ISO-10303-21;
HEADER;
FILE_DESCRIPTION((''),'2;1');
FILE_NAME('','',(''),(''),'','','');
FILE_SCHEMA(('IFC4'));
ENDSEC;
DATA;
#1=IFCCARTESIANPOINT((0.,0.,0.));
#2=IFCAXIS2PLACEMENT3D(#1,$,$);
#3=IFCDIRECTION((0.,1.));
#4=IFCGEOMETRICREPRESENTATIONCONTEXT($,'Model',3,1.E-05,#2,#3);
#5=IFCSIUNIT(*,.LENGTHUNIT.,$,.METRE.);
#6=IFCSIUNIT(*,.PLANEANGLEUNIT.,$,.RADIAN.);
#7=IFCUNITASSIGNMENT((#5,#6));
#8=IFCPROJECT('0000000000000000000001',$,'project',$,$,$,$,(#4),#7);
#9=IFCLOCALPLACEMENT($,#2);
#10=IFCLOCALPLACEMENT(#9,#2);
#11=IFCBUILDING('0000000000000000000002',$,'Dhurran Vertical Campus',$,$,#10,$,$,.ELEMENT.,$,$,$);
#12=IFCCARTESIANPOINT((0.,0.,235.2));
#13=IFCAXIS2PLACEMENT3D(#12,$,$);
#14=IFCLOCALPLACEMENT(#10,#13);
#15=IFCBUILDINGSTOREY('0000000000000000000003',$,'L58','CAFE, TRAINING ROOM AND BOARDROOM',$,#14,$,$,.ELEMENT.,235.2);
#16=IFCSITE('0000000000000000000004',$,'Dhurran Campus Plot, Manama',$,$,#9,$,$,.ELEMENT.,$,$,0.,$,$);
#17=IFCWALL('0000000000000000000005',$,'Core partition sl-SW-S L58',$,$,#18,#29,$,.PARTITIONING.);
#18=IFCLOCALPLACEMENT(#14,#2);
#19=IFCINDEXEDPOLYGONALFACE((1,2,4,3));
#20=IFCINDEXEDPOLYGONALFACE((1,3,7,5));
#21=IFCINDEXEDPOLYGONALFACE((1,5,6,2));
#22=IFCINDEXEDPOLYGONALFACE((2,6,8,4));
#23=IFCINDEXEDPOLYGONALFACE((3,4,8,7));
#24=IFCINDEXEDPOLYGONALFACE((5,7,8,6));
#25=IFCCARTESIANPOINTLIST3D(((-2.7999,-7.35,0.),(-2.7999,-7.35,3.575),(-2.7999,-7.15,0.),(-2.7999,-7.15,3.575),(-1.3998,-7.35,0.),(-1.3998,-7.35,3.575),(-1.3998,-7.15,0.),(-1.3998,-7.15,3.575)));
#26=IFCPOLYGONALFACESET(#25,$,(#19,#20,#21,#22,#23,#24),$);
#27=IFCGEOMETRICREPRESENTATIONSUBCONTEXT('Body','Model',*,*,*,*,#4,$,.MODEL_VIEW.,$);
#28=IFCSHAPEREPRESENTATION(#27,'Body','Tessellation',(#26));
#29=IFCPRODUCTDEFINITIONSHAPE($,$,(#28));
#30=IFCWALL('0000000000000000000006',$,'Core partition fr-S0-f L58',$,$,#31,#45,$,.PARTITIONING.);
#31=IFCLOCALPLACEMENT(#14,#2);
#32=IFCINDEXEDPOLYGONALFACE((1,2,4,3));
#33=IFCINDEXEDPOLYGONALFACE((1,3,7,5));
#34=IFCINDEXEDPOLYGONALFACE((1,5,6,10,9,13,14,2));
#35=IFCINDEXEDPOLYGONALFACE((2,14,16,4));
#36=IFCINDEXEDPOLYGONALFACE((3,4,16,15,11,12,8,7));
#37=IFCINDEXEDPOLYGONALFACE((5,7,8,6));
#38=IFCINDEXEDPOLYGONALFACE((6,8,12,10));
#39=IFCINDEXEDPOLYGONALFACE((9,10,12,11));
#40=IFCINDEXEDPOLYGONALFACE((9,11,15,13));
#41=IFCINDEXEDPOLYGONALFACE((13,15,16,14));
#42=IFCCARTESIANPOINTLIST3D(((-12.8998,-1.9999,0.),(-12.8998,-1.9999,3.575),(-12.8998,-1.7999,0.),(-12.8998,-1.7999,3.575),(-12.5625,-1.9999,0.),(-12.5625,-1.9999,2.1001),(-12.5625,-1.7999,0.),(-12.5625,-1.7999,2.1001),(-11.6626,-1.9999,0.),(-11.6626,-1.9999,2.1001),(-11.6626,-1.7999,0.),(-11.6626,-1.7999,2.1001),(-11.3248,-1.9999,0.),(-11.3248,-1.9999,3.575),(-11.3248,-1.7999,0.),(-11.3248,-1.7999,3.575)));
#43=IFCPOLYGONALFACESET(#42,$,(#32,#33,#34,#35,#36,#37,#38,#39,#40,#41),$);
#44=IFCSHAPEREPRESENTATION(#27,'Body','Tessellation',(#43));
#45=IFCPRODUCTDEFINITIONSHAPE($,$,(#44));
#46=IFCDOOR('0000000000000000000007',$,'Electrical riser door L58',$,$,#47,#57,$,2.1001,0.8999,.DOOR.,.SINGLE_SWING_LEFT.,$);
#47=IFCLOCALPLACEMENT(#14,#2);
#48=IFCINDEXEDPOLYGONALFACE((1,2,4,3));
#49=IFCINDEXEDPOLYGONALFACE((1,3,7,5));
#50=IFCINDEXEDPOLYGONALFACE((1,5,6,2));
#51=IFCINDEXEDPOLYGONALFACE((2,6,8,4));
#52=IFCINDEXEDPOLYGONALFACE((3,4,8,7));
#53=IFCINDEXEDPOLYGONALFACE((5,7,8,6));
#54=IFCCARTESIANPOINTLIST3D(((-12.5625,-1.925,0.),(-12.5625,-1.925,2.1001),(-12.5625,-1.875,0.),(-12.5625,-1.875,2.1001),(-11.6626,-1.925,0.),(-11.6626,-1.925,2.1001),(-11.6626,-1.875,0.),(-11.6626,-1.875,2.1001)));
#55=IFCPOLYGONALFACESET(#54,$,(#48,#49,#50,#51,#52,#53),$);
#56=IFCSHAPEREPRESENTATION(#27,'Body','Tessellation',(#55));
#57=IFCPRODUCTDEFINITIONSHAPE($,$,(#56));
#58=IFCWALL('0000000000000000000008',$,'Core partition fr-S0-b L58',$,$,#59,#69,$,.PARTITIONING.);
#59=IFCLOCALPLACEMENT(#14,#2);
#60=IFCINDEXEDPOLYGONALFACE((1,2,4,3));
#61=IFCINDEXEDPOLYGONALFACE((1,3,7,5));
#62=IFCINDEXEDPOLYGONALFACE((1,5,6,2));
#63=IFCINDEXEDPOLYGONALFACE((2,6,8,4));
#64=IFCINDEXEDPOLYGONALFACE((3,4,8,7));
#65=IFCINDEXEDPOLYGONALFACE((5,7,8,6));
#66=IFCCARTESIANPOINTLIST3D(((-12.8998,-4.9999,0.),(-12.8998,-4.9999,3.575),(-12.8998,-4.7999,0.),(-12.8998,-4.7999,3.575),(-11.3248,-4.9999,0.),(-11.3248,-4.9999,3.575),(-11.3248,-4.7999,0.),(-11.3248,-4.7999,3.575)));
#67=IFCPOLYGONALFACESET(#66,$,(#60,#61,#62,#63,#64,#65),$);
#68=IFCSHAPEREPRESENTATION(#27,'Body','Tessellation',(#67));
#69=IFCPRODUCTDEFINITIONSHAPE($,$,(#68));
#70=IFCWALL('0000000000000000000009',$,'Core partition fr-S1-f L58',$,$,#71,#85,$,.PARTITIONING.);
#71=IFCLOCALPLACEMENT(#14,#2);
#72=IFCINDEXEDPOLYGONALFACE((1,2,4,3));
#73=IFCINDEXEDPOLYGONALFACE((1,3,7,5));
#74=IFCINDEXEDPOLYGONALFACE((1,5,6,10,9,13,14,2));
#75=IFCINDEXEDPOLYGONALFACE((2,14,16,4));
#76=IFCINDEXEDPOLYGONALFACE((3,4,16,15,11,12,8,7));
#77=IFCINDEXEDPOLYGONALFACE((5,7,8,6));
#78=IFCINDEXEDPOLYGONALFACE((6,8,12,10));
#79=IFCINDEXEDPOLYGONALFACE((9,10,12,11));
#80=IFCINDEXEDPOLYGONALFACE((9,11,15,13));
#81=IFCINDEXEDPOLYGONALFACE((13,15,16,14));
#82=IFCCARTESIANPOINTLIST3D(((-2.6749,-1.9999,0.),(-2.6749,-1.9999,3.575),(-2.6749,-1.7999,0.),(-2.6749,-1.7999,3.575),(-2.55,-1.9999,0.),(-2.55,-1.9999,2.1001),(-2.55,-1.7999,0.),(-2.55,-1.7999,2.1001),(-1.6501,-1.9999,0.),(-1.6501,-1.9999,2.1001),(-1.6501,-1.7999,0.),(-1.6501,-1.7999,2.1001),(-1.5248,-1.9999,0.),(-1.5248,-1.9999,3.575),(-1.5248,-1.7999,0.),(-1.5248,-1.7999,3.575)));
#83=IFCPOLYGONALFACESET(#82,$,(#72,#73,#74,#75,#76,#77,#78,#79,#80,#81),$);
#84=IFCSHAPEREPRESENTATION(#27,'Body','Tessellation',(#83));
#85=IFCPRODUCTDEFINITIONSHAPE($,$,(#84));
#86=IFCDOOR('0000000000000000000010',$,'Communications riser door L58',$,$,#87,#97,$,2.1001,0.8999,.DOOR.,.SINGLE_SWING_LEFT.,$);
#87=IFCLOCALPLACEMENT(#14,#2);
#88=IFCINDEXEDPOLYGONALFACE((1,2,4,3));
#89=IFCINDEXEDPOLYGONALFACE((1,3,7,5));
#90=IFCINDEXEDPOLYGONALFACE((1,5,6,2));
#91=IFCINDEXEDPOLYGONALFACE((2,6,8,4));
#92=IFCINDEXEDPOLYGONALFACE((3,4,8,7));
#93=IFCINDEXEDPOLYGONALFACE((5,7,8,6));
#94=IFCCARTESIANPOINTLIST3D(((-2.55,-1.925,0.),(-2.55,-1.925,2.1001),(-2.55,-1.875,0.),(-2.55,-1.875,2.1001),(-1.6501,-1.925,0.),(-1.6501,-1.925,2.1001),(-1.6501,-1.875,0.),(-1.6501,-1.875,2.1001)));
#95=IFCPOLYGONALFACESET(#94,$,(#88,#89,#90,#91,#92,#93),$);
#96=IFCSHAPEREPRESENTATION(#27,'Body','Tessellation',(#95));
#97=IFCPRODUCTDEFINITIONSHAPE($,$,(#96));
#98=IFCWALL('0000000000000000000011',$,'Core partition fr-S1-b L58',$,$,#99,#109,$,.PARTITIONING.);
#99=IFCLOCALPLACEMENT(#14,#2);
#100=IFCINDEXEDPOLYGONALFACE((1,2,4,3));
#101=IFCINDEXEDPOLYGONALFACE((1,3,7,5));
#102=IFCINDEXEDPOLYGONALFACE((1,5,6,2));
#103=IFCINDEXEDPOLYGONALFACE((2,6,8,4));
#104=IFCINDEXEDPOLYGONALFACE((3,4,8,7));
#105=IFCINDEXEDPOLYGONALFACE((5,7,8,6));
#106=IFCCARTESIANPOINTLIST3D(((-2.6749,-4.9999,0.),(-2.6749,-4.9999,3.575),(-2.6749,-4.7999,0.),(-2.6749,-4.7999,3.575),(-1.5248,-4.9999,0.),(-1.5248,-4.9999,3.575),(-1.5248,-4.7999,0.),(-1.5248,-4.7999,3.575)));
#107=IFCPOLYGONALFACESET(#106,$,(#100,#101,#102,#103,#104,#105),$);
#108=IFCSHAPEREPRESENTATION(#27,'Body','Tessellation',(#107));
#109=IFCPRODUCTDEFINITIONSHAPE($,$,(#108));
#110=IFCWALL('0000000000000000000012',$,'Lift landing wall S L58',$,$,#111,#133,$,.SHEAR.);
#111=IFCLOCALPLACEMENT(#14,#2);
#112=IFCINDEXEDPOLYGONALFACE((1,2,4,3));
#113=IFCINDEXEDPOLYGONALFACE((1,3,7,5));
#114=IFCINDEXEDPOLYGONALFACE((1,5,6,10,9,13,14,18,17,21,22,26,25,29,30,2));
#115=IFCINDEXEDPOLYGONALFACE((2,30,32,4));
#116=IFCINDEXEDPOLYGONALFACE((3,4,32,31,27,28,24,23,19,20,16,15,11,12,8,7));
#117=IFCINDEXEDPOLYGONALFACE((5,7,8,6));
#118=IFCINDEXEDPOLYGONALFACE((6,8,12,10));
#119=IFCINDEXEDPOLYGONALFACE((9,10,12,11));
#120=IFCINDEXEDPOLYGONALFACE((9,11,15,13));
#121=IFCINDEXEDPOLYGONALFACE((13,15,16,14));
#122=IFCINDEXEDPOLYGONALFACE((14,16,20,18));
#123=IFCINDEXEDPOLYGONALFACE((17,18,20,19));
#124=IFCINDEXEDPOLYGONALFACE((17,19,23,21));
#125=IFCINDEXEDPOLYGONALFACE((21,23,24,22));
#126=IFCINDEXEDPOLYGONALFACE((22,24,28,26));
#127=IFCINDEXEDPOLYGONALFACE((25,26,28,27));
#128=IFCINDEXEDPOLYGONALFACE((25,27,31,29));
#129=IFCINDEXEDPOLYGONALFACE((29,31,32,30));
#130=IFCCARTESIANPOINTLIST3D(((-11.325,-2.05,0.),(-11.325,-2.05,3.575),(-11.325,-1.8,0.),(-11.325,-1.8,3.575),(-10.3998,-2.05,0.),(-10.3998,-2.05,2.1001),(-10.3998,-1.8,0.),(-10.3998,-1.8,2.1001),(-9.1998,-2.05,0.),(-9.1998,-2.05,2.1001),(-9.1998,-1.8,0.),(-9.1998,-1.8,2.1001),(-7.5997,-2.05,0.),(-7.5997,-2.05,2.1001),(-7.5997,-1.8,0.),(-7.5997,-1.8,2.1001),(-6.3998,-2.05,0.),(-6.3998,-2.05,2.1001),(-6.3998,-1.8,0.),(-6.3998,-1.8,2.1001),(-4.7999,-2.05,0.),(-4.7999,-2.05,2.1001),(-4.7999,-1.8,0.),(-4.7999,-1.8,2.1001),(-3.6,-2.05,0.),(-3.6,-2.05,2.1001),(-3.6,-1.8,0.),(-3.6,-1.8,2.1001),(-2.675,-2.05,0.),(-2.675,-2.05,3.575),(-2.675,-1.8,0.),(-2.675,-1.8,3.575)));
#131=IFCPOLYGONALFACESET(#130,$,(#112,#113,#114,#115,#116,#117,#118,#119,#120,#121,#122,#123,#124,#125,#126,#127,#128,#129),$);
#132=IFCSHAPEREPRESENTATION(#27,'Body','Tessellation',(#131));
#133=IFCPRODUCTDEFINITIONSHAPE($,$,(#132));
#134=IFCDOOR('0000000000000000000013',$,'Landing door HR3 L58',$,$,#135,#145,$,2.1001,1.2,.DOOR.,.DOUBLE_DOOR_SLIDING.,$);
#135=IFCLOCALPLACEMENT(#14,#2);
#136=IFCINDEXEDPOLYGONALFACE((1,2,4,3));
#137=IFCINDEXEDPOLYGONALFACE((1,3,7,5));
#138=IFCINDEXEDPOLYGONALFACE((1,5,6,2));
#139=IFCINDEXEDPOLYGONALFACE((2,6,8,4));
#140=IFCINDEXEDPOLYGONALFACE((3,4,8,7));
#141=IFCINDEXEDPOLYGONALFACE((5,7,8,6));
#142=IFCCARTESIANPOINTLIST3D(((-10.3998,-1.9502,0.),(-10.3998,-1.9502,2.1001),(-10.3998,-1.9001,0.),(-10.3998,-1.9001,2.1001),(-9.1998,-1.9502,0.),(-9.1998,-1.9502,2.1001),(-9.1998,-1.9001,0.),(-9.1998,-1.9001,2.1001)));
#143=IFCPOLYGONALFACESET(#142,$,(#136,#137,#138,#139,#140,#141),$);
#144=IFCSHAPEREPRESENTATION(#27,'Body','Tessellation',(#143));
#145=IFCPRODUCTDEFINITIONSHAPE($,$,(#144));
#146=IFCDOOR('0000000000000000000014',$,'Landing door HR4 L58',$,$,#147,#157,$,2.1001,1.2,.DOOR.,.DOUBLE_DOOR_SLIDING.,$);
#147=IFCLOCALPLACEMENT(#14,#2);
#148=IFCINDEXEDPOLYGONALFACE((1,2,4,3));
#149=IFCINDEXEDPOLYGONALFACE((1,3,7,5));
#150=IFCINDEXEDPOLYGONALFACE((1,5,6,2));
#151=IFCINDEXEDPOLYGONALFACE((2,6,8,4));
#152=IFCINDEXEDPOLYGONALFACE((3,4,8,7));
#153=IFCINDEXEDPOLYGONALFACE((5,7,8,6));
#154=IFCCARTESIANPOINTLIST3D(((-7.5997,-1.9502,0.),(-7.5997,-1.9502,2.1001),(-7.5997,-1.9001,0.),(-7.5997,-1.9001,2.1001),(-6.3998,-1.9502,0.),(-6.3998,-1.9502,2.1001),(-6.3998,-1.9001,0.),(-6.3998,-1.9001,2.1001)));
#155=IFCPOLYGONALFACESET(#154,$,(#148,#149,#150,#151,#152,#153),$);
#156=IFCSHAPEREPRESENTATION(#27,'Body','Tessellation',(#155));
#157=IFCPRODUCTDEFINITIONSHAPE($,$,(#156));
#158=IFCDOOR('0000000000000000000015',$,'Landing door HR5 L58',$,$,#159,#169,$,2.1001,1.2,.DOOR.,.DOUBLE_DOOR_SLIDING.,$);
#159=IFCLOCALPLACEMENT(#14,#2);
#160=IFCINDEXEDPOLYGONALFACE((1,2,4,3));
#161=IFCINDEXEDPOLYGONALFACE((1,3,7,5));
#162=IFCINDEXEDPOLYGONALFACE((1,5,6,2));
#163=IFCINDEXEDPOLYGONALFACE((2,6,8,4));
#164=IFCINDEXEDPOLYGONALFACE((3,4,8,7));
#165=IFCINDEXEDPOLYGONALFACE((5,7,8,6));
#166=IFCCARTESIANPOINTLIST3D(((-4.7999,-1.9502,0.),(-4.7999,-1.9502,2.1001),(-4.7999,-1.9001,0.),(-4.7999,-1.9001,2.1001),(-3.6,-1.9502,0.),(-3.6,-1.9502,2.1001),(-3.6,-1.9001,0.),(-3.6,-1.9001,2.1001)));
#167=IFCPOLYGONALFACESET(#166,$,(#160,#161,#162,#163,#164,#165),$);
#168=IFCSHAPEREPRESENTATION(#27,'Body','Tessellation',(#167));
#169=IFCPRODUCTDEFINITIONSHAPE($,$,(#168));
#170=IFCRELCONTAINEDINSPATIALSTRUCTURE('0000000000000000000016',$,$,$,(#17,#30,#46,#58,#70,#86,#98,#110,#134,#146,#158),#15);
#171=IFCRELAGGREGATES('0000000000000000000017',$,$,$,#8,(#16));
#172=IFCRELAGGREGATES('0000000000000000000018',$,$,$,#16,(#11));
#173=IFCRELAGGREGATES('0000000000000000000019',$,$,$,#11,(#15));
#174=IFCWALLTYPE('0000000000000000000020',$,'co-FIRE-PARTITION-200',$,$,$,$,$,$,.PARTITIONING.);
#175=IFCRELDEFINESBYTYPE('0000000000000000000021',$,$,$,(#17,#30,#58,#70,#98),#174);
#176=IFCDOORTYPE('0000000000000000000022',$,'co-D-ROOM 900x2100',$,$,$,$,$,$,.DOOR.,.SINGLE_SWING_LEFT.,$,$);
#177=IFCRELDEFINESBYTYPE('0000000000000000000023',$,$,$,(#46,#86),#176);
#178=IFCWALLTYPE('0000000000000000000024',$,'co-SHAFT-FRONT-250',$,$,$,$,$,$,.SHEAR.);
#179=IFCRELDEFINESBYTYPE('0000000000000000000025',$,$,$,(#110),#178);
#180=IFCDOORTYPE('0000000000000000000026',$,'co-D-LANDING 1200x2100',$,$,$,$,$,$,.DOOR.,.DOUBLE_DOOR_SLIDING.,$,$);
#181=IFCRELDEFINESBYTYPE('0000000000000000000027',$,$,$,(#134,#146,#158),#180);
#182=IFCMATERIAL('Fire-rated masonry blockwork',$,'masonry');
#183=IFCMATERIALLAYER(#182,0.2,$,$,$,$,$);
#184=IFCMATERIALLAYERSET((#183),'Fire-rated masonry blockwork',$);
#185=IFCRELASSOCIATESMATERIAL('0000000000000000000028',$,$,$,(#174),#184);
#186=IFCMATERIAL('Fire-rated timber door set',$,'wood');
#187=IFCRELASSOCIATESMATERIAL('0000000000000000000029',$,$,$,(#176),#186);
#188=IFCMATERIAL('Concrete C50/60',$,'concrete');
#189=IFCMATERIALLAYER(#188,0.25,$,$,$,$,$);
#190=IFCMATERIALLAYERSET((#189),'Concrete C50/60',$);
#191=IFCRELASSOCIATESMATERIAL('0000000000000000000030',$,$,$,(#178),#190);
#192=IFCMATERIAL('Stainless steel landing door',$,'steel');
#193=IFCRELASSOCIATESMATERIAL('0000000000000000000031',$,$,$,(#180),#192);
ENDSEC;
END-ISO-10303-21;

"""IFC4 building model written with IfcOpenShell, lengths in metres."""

from ifc_helpers import new_model, si_unit, direction, frame, frame_2d, origin, place, context, subcontext, project, spatial, rectangle, extrude, material, layer, layer_set, type_object, element, fill, save


model = new_model("IFC4")

# Units and contexts
model_context = context("Model", 3, precision=1e-05, world=origin(), true_north=direction((0.0, 1.0)))
body_context = subcontext(model_context, "Body", "Model", "MODEL_VIEW")
ifc_project = project(units=[si_unit("LENGTHUNIT", "METRE"), si_unit("PLANEANGLEUNIT", "RADIAN")], contexts=[model_context])

# Site, building, storey
site_placement = place(None, origin())
site = spatial("IfcSite", under=ifc_project, at=site_placement, Name="Dhurran Campus Plot, Manama", CompositionType="ELEMENT", RefElevation=0.0)
building_placement = place(site_placement, origin())
building = spatial("IfcBuilding", under=site, at=building_placement, Name="Dhurran Vertical Campus", CompositionType="ELEMENT")
storey_placement = place(building_placement, frame((0.0, 0.0, 235.2)))
storey = spatial("IfcBuildingStorey", under=building, at=storey_placement, Name="L58", Description="CAFE, TRAINING ROOM AND BOARDROOM", CompositionType="ELEMENT", Elevation=235.2)

# Wall
ifc_material_1 = material(Name="Fire-rated masonry blockwork", Category="masonry")
ifc_layer_1 = layer(ifc_material_1, 0.2)
ifc_layer_set_1 = layer_set([ifc_layer_1], Name="Fire-rated masonry blockwork")
wall_type_1 = type_object("IfcWallType", Name="co-FIRE-PARTITION-200", PredefinedType="PARTITIONING", material=ifc_layer_set_1)
wall_1_placement = place(storey_placement, frame((-2.8, -7.25, 0.0), z_axis=(0.0, 0.0, 1.0), x_axis=(1.0, 0.0, 0.0)))
element("IfcWall", 1, at=wall_1_placement, inside=storey, type_object=wall_type_1, Name="Core partition sl-SW-S L58", PredefinedType="PARTITIONING", context=body_context, shape_type="SweptSolid", body=[
    extrude(rectangle(XDim=1.4001, YDim=0.2, at=frame_2d((0.7002, 0.0))), origin(), (0.0, 0.0, 1.0), 3.575),
])

# Wall, opening, door
wall_2_placement = place(storey_placement, frame((-12.8999, -1.8999, 0.0), z_axis=(0.0, 0.0, 1.0), x_axis=(1.0, 0.0, 0.0)))
wall_2 = element("IfcWall", 2, at=wall_2_placement, inside=storey, type_object=wall_type_1, Name="Core partition fr-S0-f L58", PredefinedType="PARTITIONING", context=body_context, shape_type="SweptSolid", body=[
    extrude(rectangle(XDim=1.575, YDim=0.2, at=frame_2d((0.7876, 0.0))), origin(), (0.0, 0.0, 1.0), 3.575),
])
opening_1_placement = place(wall_2_placement, frame((0.3374, 0.0, 0.0)))
opening_1 = element("IfcOpeningElement", 3, at=opening_1_placement, cuts=wall_2, PredefinedType="OPENING", context=body_context, shape_type="SweptSolid", body=[
    extrude(rectangle(XDim=0.8999, YDim=2.1001, at=frame_2d((0.45, 1.05))), frame((0.0, 0.1099, 0.0), z_axis=(0.0, -1.0, 0.0), x_axis=(1.0, 0.0, 0.0)), (0.0, 0.0, 1.0), 0.22),
])
ifc_material_2 = material(Name="Fire-rated timber door set", Category="wood")
door_type_1 = type_object("IfcDoorType", Name="co-D-ROOM 900x2100", OperationType="SINGLE_SWING_LEFT", PredefinedType="DOOR", material=ifc_material_2)
door_1_placement = place(opening_1_placement, origin())
door_1 = element("IfcDoor", 4, at=door_1_placement, inside=storey, type_object=door_type_1, Name="Electrical riser door L58", OperationType="SINGLE_SWING_LEFT", OverallHeight=2.1001, OverallWidth=0.8999, PredefinedType="DOOR", context=body_context, shape_type="SweptSolid", body=[
    extrude(rectangle(XDim=0.8999, YDim=2.1001, at=frame_2d((0.45, 1.05))), frame((0.0, 0.0249, 0.0), z_axis=(0.0, -1.0, 0.0), x_axis=(1.0, 0.0, 0.0)), (0.0, 0.0, 1.0), 0.05),
])
fill(opening_1, door_1)

# Wall
wall_3_placement = place(storey_placement, frame((-12.8999, -4.8999, 0.0), z_axis=(0.0, 0.0, 1.0), x_axis=(1.0, 0.0, 0.0)))
element("IfcWall", 5, at=wall_3_placement, inside=storey, type_object=wall_type_1, Name="Core partition fr-S0-b L58", PredefinedType="PARTITIONING", context=body_context, shape_type="SweptSolid", body=[
    extrude(rectangle(XDim=1.575, YDim=0.2, at=frame_2d((0.7876, 0.0))), origin(), (0.0, 0.0, 1.0), 3.575),
])

# Wall, opening, door
wall_4_placement = place(storey_placement, frame((-2.675, -1.8999, 0.0), z_axis=(0.0, 0.0, 1.0), x_axis=(1.0, 0.0, 0.0)))
wall_4 = element("IfcWall", 6, at=wall_4_placement, inside=storey, type_object=wall_type_1, Name="Core partition fr-S1-f L58", PredefinedType="PARTITIONING", context=body_context, shape_type="SweptSolid", body=[
    extrude(rectangle(XDim=1.1501, YDim=0.2, at=frame_2d((0.5752, 0.0))), origin(), (0.0, 0.0, 1.0), 3.575),
])
opening_2_placement = place(wall_4_placement, frame((0.125, 0.0, 0.0)))
opening_2 = element("IfcOpeningElement", 7, at=opening_2_placement, cuts=wall_4, PredefinedType="OPENING", context=body_context, shape_type="SweptSolid", body=[
    extrude(rectangle(XDim=0.8999, YDim=2.1001, at=frame_2d((0.45, 1.05))), frame((0.0, 0.1099, 0.0), z_axis=(0.0, -1.0, 0.0), x_axis=(1.0, 0.0, 0.0)), (0.0, 0.0, 1.0), 0.22),
])
door_2_placement = place(opening_2_placement, origin())
door_2 = element("IfcDoor", 8, at=door_2_placement, inside=storey, type_object=door_type_1, Name="Communications riser door L58", OperationType="SINGLE_SWING_LEFT", OverallHeight=2.1001, OverallWidth=0.8999, PredefinedType="DOOR", context=body_context, shape_type="SweptSolid", body=[
    extrude(rectangle(XDim=0.8999, YDim=2.1001, at=frame_2d((0.45, 1.05))), frame((0.0, 0.0249, 0.0), z_axis=(0.0, -1.0, 0.0), x_axis=(1.0, 0.0, 0.0)), (0.0, 0.0, 1.0), 0.05),
])
fill(opening_2, door_2)

# Wall
wall_5_placement = place(storey_placement, frame((-2.675, -4.8999, 0.0), z_axis=(0.0, 0.0, 1.0), x_axis=(1.0, 0.0, 0.0)))
element("IfcWall", 9, at=wall_5_placement, inside=storey, type_object=wall_type_1, Name="Core partition fr-S1-b L58", PredefinedType="PARTITIONING", context=body_context, shape_type="SweptSolid", body=[
    extrude(rectangle(XDim=1.1501, YDim=0.2, at=frame_2d((0.5752, 0.0))), origin(), (0.0, 0.0, 1.0), 3.575),
])

# Wall, openings, doors
ifc_material_3 = material(Name="Concrete C50/60", Category="concrete")
ifc_layer_2 = layer(ifc_material_3, 0.25)
ifc_layer_set_2 = layer_set([ifc_layer_2], Name="Concrete C50/60")
wall_type_2 = type_object("IfcWallType", Name="co-SHAFT-FRONT-250", PredefinedType="SHEAR", material=ifc_layer_set_2)
wall_6_placement = place(storey_placement, frame((-11.325, -1.925, 0.0), z_axis=(0.0, 0.0, 1.0), x_axis=(1.0, 0.0, 0.0)))
wall_6 = element("IfcWall", 10, at=wall_6_placement, inside=storey, type_object=wall_type_2, Name="Lift landing wall S L58", PredefinedType="SHEAR", context=body_context, shape_type="SweptSolid", body=[
    extrude(rectangle(XDim=8.6499, YDim=0.25, at=frame_2d((4.325, 0.0))), origin(), (0.0, 0.0, 1.0), 3.575),
])
opening_3_placement = place(wall_6_placement, frame((0.925, 0.0, 0.0)))
opening_3 = element("IfcOpeningElement", 11, at=opening_3_placement, cuts=wall_6, PredefinedType="OPENING", context=body_context, shape_type="SweptSolid", body=[
    extrude(rectangle(XDim=1.2, YDim=2.1001, at=frame_2d((0.6001, 1.05))), frame((0.0, 0.135, 0.0), z_axis=(0.0, -1.0, 0.0), x_axis=(1.0, 0.0, 0.0)), (0.0, 0.0, 1.0), 0.27),
])
opening_4_placement = place(wall_6_placement, frame((3.7251, 0.0, 0.0)))
opening_4 = element("IfcOpeningElement", 12, at=opening_4_placement, cuts=wall_6, PredefinedType="OPENING", context=body_context, shape_type="SweptSolid", body=[
    extrude(rectangle(XDim=1.2, YDim=2.1001, at=frame_2d((0.6001, 1.05))), frame((0.0, 0.135, 0.0), z_axis=(0.0, -1.0, 0.0), x_axis=(1.0, 0.0, 0.0)), (0.0, 0.0, 1.0), 0.27),
])
opening_5_placement = place(wall_6_placement, frame((6.5249, 0.0, 0.0)))
opening_5 = element("IfcOpeningElement", 13, at=opening_5_placement, cuts=wall_6, PredefinedType="OPENING", context=body_context, shape_type="SweptSolid", body=[
    extrude(rectangle(XDim=1.2, YDim=2.1001, at=frame_2d((0.6001, 1.05))), frame((0.0, 0.135, 0.0), z_axis=(0.0, -1.0, 0.0), x_axis=(1.0, 0.0, 0.0)), (0.0, 0.0, 1.0), 0.27),
])
ifc_material_4 = material(Name="Stainless steel landing door", Category="steel")
door_type_2 = type_object("IfcDoorType", Name="co-D-LANDING 1200x2100", OperationType="DOUBLE_DOOR_SLIDING", PredefinedType="DOOR", material=ifc_material_4)
door_3_placement = place(opening_3_placement, origin())
door_3 = element("IfcDoor", 14, at=door_3_placement, inside=storey, type_object=door_type_2, Name="Landing door HR3 L58", OperationType="DOUBLE_DOOR_SLIDING", OverallHeight=2.1001, OverallWidth=1.2, PredefinedType="DOOR", context=body_context, shape_type="SweptSolid", body=[
    extrude(rectangle(XDim=1.2, YDim=2.1001, at=frame_2d((0.6001, 1.05))), frame((0.0, 0.0249, 0.0), z_axis=(0.0, -1.0, 0.0), x_axis=(1.0, 0.0, 0.0)), (0.0, 0.0, 1.0), 0.05),
])
fill(opening_3, door_3)
door_4_placement = place(opening_4_placement, origin())
door_4 = element("IfcDoor", 15, at=door_4_placement, inside=storey, type_object=door_type_2, Name="Landing door HR4 L58", OperationType="DOUBLE_DOOR_SLIDING", OverallHeight=2.1001, OverallWidth=1.2, PredefinedType="DOOR", context=body_context, shape_type="SweptSolid", body=[
    extrude(rectangle(XDim=1.2, YDim=2.1001, at=frame_2d((0.6001, 1.05))), frame((0.0, 0.0249, 0.0), z_axis=(0.0, -1.0, 0.0), x_axis=(1.0, 0.0, 0.0)), (0.0, 0.0, 1.0), 0.05),
])
fill(opening_4, door_4)
door_5_placement = place(opening_5_placement, origin())
door_5 = element("IfcDoor", 16, at=door_5_placement, inside=storey, type_object=door_type_2, Name="Landing door HR5 L58", OperationType="DOUBLE_DOOR_SLIDING", OverallHeight=2.1001, OverallWidth=1.2, PredefinedType="DOOR", context=body_context, shape_type="SweptSolid", body=[
    extrude(rectangle(XDim=1.2, YDim=2.1001, at=frame_2d((0.6001, 1.05))), frame((0.0, 0.0249, 0.0), z_axis=(0.0, -1.0, 0.0), x_axis=(1.0, 0.0, 0.0)), (0.0, 0.0, 1.0), 0.05),
])
fill(opening_5, door_5)

save(model, "model.ifc")
